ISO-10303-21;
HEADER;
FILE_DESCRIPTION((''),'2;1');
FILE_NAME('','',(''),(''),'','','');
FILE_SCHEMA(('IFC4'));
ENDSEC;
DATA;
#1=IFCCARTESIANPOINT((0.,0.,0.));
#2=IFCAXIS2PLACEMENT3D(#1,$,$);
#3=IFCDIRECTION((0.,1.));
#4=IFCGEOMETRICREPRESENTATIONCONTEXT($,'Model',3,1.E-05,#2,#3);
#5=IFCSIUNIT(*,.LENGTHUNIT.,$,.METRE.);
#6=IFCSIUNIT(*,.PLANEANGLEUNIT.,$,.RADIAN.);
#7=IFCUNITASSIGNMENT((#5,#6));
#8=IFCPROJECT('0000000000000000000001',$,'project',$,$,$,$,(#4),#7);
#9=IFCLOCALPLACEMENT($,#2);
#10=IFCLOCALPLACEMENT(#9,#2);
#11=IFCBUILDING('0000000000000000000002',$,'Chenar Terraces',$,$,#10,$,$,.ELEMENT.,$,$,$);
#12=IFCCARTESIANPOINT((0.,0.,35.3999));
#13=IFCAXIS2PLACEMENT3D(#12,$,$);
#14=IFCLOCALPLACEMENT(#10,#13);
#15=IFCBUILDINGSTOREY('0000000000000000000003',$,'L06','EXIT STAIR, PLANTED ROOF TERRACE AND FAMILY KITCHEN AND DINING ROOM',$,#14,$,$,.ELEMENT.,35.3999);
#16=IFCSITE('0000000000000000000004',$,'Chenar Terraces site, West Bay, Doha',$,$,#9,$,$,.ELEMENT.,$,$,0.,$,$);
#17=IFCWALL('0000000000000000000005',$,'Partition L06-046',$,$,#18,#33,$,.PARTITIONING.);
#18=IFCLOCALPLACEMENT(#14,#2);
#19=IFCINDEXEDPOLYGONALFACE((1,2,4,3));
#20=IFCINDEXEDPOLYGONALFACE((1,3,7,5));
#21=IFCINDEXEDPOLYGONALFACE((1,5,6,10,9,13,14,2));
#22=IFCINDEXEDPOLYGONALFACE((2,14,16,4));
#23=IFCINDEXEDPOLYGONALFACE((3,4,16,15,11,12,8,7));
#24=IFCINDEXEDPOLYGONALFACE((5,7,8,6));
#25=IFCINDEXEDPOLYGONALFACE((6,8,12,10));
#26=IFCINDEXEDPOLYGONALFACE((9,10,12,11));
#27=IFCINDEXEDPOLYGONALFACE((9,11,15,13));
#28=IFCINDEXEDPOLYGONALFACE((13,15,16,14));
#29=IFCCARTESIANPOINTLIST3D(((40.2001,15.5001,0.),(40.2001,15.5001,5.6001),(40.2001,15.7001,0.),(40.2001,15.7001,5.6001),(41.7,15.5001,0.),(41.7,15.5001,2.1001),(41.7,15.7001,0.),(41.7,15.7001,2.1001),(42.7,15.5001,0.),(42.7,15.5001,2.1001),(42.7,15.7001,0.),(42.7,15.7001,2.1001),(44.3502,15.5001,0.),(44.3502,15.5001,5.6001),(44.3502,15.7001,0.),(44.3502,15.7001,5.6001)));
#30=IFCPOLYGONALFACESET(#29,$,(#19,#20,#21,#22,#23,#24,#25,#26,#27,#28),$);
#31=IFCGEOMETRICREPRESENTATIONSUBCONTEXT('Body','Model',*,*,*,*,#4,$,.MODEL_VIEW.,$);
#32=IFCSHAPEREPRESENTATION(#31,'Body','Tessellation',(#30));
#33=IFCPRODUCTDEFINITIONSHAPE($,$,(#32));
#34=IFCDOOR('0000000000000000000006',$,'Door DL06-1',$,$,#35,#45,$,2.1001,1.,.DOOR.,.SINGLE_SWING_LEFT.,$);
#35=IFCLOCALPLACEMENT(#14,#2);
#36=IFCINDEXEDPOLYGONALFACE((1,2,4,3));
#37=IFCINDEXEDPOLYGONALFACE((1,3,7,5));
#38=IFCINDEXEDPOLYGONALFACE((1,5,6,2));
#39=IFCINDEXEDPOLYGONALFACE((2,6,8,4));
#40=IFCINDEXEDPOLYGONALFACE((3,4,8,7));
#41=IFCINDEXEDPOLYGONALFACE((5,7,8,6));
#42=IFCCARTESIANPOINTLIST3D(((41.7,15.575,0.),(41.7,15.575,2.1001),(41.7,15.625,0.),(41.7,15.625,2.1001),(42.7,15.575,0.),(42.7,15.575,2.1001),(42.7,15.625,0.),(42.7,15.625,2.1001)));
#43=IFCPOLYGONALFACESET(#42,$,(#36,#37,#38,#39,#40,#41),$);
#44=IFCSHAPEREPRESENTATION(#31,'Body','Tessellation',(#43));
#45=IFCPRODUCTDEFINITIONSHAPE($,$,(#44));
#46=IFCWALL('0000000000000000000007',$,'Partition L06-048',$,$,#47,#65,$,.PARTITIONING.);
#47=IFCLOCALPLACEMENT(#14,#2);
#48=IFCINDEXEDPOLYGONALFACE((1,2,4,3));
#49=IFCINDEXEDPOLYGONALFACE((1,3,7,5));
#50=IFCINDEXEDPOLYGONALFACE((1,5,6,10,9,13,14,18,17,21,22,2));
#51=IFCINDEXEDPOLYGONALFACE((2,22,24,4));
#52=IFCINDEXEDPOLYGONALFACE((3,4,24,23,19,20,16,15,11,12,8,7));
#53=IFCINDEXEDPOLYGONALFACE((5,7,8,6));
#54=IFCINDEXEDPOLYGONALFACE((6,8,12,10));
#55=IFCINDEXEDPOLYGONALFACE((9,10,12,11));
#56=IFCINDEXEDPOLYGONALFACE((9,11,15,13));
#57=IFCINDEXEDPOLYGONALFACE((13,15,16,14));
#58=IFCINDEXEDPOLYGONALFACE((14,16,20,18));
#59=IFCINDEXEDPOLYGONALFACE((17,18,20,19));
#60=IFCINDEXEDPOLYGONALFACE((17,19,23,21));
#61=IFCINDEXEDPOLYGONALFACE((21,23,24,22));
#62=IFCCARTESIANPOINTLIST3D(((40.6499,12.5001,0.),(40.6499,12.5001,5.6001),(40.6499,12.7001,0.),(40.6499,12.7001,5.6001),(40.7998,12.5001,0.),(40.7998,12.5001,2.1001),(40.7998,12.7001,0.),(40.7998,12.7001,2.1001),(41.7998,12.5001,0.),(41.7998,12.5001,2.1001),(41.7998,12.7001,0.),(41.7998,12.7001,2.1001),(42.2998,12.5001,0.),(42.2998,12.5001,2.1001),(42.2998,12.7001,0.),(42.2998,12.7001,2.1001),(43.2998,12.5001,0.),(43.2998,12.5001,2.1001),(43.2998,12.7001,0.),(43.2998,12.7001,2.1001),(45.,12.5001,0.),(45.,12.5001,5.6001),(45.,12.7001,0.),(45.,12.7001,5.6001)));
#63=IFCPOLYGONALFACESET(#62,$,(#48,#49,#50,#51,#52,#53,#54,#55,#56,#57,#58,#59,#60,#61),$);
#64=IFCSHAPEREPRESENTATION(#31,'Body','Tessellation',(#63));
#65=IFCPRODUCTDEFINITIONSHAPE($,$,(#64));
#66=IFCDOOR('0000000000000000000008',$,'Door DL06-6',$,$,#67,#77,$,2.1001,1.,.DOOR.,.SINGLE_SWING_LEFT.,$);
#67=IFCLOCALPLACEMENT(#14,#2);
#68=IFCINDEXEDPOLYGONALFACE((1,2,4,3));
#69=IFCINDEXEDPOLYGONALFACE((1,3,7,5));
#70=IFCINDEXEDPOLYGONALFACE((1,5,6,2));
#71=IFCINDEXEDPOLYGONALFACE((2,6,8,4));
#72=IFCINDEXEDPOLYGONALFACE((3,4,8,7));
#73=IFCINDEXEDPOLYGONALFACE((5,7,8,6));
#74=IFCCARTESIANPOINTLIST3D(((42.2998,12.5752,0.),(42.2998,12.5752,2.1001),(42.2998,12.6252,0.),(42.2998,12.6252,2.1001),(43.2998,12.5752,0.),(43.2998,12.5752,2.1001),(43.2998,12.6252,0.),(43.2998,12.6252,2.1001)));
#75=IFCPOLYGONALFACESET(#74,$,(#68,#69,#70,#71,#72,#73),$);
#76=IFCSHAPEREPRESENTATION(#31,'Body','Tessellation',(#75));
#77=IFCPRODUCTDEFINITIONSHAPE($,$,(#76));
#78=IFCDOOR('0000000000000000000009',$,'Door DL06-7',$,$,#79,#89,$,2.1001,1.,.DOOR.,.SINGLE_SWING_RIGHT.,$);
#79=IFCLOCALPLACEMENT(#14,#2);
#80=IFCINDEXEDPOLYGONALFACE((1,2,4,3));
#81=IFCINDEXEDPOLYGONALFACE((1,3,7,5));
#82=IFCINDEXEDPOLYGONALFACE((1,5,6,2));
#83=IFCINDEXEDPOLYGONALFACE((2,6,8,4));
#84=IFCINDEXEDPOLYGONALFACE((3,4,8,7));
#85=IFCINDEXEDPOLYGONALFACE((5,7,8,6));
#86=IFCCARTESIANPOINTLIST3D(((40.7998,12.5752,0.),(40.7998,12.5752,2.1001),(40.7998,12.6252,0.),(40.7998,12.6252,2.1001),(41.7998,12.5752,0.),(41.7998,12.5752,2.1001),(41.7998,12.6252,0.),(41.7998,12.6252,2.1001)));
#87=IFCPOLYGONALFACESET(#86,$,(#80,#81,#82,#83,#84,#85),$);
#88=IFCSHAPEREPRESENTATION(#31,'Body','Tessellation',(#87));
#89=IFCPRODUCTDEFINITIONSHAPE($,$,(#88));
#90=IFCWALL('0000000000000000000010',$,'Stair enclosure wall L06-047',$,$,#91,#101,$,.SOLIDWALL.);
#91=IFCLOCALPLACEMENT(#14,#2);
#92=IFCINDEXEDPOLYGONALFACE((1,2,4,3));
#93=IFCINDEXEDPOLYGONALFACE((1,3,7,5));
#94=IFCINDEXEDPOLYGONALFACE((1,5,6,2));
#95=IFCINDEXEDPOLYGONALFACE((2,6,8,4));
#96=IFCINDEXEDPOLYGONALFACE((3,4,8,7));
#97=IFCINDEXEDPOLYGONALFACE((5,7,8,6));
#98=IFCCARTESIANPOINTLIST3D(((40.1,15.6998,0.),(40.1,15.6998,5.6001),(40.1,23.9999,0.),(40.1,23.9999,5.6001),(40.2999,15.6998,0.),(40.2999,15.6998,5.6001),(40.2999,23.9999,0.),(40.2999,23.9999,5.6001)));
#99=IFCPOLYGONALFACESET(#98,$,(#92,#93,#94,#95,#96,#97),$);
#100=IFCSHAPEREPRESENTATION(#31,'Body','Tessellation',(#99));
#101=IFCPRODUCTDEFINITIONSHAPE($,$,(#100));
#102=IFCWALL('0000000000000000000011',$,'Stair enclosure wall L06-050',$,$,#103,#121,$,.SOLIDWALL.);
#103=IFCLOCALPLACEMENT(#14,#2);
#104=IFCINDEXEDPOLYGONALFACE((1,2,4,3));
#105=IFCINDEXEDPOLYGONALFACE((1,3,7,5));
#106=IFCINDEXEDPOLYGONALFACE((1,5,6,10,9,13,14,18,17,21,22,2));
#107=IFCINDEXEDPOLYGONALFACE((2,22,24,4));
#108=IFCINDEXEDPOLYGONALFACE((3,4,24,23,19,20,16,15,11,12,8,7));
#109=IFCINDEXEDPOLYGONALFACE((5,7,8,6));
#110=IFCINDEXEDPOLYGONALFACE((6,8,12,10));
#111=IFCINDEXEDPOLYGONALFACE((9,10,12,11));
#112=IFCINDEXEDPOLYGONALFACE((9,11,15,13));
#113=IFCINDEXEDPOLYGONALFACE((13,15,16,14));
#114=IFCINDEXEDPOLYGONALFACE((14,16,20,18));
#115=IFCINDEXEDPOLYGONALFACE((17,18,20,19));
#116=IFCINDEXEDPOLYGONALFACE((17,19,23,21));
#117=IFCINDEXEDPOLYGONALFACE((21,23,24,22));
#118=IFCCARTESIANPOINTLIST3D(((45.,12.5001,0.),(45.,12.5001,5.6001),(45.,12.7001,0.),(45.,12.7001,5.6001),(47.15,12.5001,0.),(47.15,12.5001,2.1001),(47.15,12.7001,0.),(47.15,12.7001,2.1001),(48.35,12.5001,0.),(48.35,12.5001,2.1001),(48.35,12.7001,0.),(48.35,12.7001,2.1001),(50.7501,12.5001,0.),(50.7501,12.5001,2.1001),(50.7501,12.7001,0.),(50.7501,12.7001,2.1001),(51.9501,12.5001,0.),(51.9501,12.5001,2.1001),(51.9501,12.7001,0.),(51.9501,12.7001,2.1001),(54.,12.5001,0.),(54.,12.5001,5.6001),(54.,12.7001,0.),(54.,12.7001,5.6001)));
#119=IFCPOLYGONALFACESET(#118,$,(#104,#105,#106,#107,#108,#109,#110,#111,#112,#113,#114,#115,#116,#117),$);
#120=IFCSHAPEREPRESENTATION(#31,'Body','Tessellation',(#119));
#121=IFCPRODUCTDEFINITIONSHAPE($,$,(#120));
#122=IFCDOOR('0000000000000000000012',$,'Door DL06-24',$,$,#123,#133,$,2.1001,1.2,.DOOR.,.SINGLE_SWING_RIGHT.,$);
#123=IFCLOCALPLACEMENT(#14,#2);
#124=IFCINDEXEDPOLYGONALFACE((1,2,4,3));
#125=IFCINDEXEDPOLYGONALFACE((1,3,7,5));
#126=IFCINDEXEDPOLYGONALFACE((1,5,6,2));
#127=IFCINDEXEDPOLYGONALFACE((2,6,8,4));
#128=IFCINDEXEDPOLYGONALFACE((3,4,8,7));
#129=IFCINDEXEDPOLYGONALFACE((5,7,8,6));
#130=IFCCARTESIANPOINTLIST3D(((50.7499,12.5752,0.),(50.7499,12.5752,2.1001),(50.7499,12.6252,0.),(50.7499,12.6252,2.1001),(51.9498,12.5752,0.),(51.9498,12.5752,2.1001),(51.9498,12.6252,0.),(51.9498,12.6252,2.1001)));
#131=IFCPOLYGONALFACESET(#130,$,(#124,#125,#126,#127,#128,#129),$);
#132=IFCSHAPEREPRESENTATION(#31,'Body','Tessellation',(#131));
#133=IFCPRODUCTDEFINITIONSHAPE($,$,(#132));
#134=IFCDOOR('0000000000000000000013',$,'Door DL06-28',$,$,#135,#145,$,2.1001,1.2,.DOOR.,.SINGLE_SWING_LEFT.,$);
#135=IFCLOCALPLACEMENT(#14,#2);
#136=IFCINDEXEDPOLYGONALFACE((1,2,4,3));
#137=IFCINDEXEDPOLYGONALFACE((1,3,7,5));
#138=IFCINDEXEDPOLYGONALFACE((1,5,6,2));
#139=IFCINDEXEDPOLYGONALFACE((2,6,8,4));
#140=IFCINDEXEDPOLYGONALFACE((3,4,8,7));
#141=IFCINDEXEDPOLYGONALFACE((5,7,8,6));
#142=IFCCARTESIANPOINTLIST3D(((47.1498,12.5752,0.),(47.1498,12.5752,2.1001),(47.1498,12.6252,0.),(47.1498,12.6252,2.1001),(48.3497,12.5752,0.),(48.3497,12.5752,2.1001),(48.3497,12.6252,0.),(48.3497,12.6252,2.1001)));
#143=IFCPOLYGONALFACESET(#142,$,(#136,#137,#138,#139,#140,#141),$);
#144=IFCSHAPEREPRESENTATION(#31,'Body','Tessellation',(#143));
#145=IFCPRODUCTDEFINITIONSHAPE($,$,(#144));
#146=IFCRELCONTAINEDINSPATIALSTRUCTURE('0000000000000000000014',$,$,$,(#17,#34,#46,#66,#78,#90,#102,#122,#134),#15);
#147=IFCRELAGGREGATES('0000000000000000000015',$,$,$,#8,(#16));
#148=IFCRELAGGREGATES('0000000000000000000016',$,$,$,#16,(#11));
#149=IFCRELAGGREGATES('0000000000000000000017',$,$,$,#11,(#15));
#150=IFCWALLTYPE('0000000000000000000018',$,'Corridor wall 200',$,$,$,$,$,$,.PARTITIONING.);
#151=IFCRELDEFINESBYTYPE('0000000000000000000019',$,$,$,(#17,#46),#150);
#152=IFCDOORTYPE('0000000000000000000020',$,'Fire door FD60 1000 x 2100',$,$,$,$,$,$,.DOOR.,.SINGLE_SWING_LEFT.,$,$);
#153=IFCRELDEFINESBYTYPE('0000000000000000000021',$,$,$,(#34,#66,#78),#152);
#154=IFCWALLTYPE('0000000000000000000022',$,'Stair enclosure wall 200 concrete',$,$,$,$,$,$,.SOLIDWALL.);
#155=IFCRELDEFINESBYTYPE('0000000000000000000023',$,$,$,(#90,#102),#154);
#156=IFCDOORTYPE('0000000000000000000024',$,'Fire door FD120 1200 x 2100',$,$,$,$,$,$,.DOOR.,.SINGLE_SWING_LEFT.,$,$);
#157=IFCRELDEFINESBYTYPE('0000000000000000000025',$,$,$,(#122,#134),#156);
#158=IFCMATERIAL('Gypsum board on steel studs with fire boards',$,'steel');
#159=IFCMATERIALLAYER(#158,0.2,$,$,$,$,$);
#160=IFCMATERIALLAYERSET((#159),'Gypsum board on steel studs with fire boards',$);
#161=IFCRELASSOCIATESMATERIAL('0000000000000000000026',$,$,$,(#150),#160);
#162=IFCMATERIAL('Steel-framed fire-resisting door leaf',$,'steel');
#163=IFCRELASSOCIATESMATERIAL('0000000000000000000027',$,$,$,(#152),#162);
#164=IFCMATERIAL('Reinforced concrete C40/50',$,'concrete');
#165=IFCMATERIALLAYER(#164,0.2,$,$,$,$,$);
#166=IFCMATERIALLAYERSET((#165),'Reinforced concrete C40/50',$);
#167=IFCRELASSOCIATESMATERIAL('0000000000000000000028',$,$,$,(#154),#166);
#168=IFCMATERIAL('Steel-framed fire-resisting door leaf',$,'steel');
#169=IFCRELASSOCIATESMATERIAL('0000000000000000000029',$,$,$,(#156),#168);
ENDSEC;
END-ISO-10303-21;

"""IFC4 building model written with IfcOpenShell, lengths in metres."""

from ifc_helpers import new_model, si_unit, direction, frame, frame_2d, origin, place, context, subcontext, project, spatial, rectangle, extrude, material, layer, layer_set, type_object, element, fill, save


model = new_model("IFC4")

# Units and contexts
model_context = context("Model", 3, precision=1e-05, world=origin(), true_north=direction((0.0, 1.0)))
body_context = subcontext(model_context, "Body", "Model", "MODEL_VIEW")
ifc_project = project(units=[si_unit("LENGTHUNIT", "METRE"), si_unit("PLANEANGLEUNIT", "RADIAN")], contexts=[model_context])

# Site, building, storey
site_placement = place(None, origin())
site = spatial("IfcSite", under=ifc_project, at=site_placement, Name="Chenar Terraces site, West Bay, Doha", CompositionType="ELEMENT", RefElevation=0.0)
building_placement = place(site_placement, origin())
building = spatial("IfcBuilding", under=site, at=building_placement, Name="Chenar Terraces", CompositionType="ELEMENT")
storey_placement = place(building_placement, frame((0.0, 0.0, 35.3999)))
storey = spatial("IfcBuildingStorey", under=building, at=storey_placement, Name="L06", Description="EXIT STAIR, PLANTED ROOF TERRACE AND FAMILY KITCHEN AND DINING ROOM", CompositionType="ELEMENT", Elevation=35.3999)

# Wall, opening, door
ifc_material_1 = material(Name="Gypsum board on steel studs with fire boards", Category="steel")
ifc_layer_1 = layer(ifc_material_1, 0.2)
ifc_layer_set_1 = layer_set([ifc_layer_1], Name="Gypsum board on steel studs with fire boards")
wall_type_1 = type_object("IfcWallType", Name="Corridor wall 200", PredefinedType="PARTITIONING", material=ifc_layer_set_1)
wall_1_placement = place(storey_placement, frame((40.2, 15.6001, 0.0), z_axis=(0.0, 0.0, 1.0), x_axis=(1.0, 0.0, 0.0)))
wall_1 = element("IfcWall", 1, at=wall_1_placement, inside=storey, type_object=wall_type_1, Name="Partition L06-046", PredefinedType="PARTITIONING", context=body_context, shape_type="SweptSolid", body=[
    extrude(rectangle(XDim=4.1501, YDim=0.2, at=frame_2d((2.0752, 0.0))), origin(), (0.0, 0.0, 1.0), 5.6001),
])
opening_1_placement = place(wall_1_placement, frame((1.5, 0.0, 0.0)))
opening_1 = element("IfcOpeningElement", 2, at=opening_1_placement, cuts=wall_1, PredefinedType="OPENING", context=body_context, shape_type="SweptSolid", body=[
    extrude(rectangle(XDim=1.0, YDim=2.1001, at=frame_2d((0.5, 1.05))), frame((0.0, 0.1099, 0.0), z_axis=(0.0, -1.0, 0.0), x_axis=(1.0, 0.0, 0.0)), (0.0, 0.0, 1.0), 0.22),
])
ifc_material_2 = material(Name="Steel-framed fire-resisting door leaf", Category="steel")
door_type_1 = type_object("IfcDoorType", Name="Fire door FD60 1000 x 2100", OperationType="SINGLE_SWING_LEFT", PredefinedType="DOOR", material=ifc_material_2)
door_1_placement = place(opening_1_placement, origin())
door_1 = element("IfcDoor", 3, at=door_1_placement, inside=storey, type_object=door_type_1, Name="Door DL06-1", OperationType="SINGLE_SWING_LEFT", OverallHeight=2.1001, OverallWidth=1.0, PredefinedType="DOOR", context=body_context, shape_type="SweptSolid", body=[
    extrude(rectangle(XDim=1.0, YDim=2.1001, at=frame_2d((0.5, 1.05))), frame((0.0, 0.0249, 0.0), z_axis=(0.0, -1.0, 0.0), x_axis=(1.0, 0.0, 0.0)), (0.0, 0.0, 1.0), 0.05),
])
fill(opening_1, door_1)

# Wall, openings, doors
wall_2_placement = place(storey_placement, frame((40.6499, 12.6001, 0.0), z_axis=(0.0, 0.0, 1.0), x_axis=(1.0, 0.0, 0.0)))
wall_2 = element("IfcWall", 4, at=wall_2_placement, inside=storey, type_object=wall_type_1, Name="Partition L06-048", PredefinedType="PARTITIONING", context=body_context, shape_type="SweptSolid", body=[
    extrude(rectangle(XDim=4.3501, YDim=0.2, at=frame_2d((2.175, 0.0))), origin(), (0.0, 0.0, 1.0), 5.6001),
])
opening_2_placement = place(wall_2_placement, frame((1.6499, 0.0, 0.0)))
opening_2 = element("IfcOpeningElement", 5, at=opening_2_placement, cuts=wall_2, PredefinedType="OPENING", context=body_context, shape_type="SweptSolid", body=[
    extrude(rectangle(XDim=1.0, YDim=2.1001, at=frame_2d((0.5, 1.05))), frame((0.0, 0.1099, 0.0), z_axis=(0.0, -1.0, 0.0), x_axis=(1.0, 0.0, 0.0)), (0.0, 0.0, 1.0), 0.22),
])
opening_3_placement = place(wall_2_placement, frame((0.1499, 0.0, 0.0)))
opening_3 = element("IfcOpeningElement", 6, at=opening_3_placement, cuts=wall_2, PredefinedType="OPENING", context=body_context, shape_type="SweptSolid", body=[
    extrude(rectangle(XDim=1.0, YDim=2.1001, at=frame_2d((0.5, 1.05))), frame((0.0, 0.1099, 0.0), z_axis=(0.0, -1.0, 0.0), x_axis=(1.0, 0.0, 0.0)), (0.0, 0.0, 1.0), 0.22),
])
door_2_placement = place(opening_2_placement, frame((1.0, 0.0, 0.0), z_axis=(0.0, 0.0, 1.0), x_axis=(-1.0, 0.0, 0.0)))
door_2 = element("IfcDoor", 7, at=door_2_placement, inside=storey, type_object=door_type_1, Name="Door DL06-6", OperationType="SINGLE_SWING_LEFT", OverallHeight=2.1001, OverallWidth=1.0, PredefinedType="DOOR", context=body_context, shape_type="SweptSolid", body=[
    extrude(rectangle(XDim=1.0, YDim=2.1001, at=frame_2d((0.5, 1.05))), frame((0.0, 0.0249, 0.0), z_axis=(0.0, -1.0, 0.0), x_axis=(1.0, 0.0, 0.0)), (0.0, 0.0, 1.0), 0.05),
])
fill(opening_2, door_2)
door_3_placement = place(opening_3_placement, frame((1.0, 0.0, 0.0), z_axis=(0.0, 0.0, 1.0), x_axis=(-1.0, 0.0, 0.0)))
door_3 = element("IfcDoor", 8, at=door_3_placement, inside=storey, type_object=door_type_1, Name="Door DL06-7", OperationType="SINGLE_SWING_RIGHT", OverallHeight=2.1001, OverallWidth=1.0, PredefinedType="DOOR", context=body_context, shape_type="SweptSolid", body=[
    extrude(rectangle(XDim=1.0, YDim=2.1001, at=frame_2d((0.5, 1.05))), frame((0.0, 0.0249, 0.0), z_axis=(0.0, -1.0, 0.0), x_axis=(1.0, 0.0, 0.0)), (0.0, 0.0, 1.0), 0.05),
])
fill(opening_3, door_3)

# Wall
ifc_material_3 = material(Name="Reinforced concrete C40/50", Category="concrete")
ifc_layer_2 = layer(ifc_material_3, 0.2)
ifc_layer_set_2 = layer_set([ifc_layer_2], Name="Reinforced concrete C40/50")
wall_type_2 = type_object("IfcWallType", Name="Stair enclosure wall 200 concrete", PredefinedType="SOLIDWALL", material=ifc_layer_set_2)
wall_3_placement = place(storey_placement, frame((40.2, 15.7, 0.0), z_axis=(0.0, 0.0, 1.0), x_axis=(0.0, 1.0, 0.0)))
element("IfcWall", 9, at=wall_3_placement, inside=storey, type_object=wall_type_2, Name="Stair enclosure wall L06-047", PredefinedType="SOLIDWALL", context=body_context, shape_type="SweptSolid", body=[
    extrude(rectangle(XDim=8.3, YDim=0.2, at=frame_2d((4.1499, 0.0))), origin(), (0.0, 0.0, 1.0), 5.6001),
])

# Wall, openings, doors
wall_4_placement = place(storey_placement, frame((45.0, 12.6001, 0.0), z_axis=(0.0, 0.0, 1.0), x_axis=(1.0, 0.0, 0.0)))
wall_4 = element("IfcWall", 10, at=wall_4_placement, inside=storey, type_object=wall_type_2, Name="Stair enclosure wall L06-050", PredefinedType="SOLIDWALL", context=body_context, shape_type="SweptSolid", body=[
    extrude(rectangle(XDim=9.0, YDim=0.2, at=frame_2d((4.5, 0.0))), origin(), (0.0, 0.0, 1.0), 5.6001),
])
opening_4_placement = place(wall_4_placement, frame((5.75, 0.0, 0.0)))
opening_4 = element("IfcOpeningElement", 11, at=opening_4_placement, cuts=wall_4, PredefinedType="OPENING", context=body_context, shape_type="SweptSolid", body=[
    extrude(rectangle(XDim=1.2, YDim=2.1001, at=frame_2d((0.6001, 1.05))), frame((0.0, 0.1099, 0.0), z_axis=(0.0, -1.0, 0.0), x_axis=(1.0, 0.0, 0.0)), (0.0, 0.0, 1.0), 0.22),
])
opening_5_placement = place(wall_4_placement, frame((2.1499, 0.0, 0.0)))
opening_5 = element("IfcOpeningElement", 12, at=opening_5_placement, cuts=wall_4, PredefinedType="OPENING", context=body_context, shape_type="SweptSolid", body=[
    extrude(rectangle(XDim=1.2, YDim=2.1001, at=frame_2d((0.6001, 1.05))), frame((0.0, 0.1099, 0.0), z_axis=(0.0, -1.0, 0.0), x_axis=(1.0, 0.0, 0.0)), (0.0, 0.0, 1.0), 0.22),
])
ifc_material_4 = material(Name="Steel-framed fire-resisting door leaf", Category="steel")
door_type_2 = type_object("IfcDoorType", Name="Fire door FD120 1200 x 2100", OperationType="SINGLE_SWING_LEFT", PredefinedType="DOOR", material=ifc_material_4)
door_4_placement = place(opening_4_placement, frame((1.2, 0.0, 0.0), z_axis=(0.0, 0.0, 1.0), x_axis=(-1.0, 0.0, 0.0)))
door_4 = element("IfcDoor", 13, at=door_4_placement, inside=storey, type_object=door_type_2, Name="Door DL06-24", OperationType="SINGLE_SWING_RIGHT", OverallHeight=2.1001, OverallWidth=1.2, PredefinedType="DOOR", context=body_context, shape_type="SweptSolid", body=[
    extrude(rectangle(XDim=1.2, YDim=2.1001, at=frame_2d((0.6001, 1.05))), frame((0.0, 0.0249, 0.0), z_axis=(0.0, -1.0, 0.0), x_axis=(1.0, 0.0, 0.0)), (0.0, 0.0, 1.0), 0.05),
])
fill(opening_4, door_4)
door_5_placement = place(opening_5_placement, frame((1.2, 0.0, 0.0), z_axis=(0.0, 0.0, 1.0), x_axis=(-1.0, 0.0, 0.0)))
door_5 = element("IfcDoor", 14, at=door_5_placement, inside=storey, type_object=door_type_2, Name="Door DL06-28", OperationType="SINGLE_SWING_LEFT", OverallHeight=2.1001, OverallWidth=1.2, PredefinedType="DOOR", context=body_context, shape_type="SweptSolid", body=[
    extrude(rectangle(XDim=1.2, YDim=2.1001, at=frame_2d((0.6001, 1.05))), frame((0.0, 0.0249, 0.0), z_axis=(0.0, -1.0, 0.0), x_axis=(1.0, 0.0, 0.0)), (0.0, 0.0, 1.0), 0.05),
])
fill(opening_5, door_5)

save(model, "model.ifc")
